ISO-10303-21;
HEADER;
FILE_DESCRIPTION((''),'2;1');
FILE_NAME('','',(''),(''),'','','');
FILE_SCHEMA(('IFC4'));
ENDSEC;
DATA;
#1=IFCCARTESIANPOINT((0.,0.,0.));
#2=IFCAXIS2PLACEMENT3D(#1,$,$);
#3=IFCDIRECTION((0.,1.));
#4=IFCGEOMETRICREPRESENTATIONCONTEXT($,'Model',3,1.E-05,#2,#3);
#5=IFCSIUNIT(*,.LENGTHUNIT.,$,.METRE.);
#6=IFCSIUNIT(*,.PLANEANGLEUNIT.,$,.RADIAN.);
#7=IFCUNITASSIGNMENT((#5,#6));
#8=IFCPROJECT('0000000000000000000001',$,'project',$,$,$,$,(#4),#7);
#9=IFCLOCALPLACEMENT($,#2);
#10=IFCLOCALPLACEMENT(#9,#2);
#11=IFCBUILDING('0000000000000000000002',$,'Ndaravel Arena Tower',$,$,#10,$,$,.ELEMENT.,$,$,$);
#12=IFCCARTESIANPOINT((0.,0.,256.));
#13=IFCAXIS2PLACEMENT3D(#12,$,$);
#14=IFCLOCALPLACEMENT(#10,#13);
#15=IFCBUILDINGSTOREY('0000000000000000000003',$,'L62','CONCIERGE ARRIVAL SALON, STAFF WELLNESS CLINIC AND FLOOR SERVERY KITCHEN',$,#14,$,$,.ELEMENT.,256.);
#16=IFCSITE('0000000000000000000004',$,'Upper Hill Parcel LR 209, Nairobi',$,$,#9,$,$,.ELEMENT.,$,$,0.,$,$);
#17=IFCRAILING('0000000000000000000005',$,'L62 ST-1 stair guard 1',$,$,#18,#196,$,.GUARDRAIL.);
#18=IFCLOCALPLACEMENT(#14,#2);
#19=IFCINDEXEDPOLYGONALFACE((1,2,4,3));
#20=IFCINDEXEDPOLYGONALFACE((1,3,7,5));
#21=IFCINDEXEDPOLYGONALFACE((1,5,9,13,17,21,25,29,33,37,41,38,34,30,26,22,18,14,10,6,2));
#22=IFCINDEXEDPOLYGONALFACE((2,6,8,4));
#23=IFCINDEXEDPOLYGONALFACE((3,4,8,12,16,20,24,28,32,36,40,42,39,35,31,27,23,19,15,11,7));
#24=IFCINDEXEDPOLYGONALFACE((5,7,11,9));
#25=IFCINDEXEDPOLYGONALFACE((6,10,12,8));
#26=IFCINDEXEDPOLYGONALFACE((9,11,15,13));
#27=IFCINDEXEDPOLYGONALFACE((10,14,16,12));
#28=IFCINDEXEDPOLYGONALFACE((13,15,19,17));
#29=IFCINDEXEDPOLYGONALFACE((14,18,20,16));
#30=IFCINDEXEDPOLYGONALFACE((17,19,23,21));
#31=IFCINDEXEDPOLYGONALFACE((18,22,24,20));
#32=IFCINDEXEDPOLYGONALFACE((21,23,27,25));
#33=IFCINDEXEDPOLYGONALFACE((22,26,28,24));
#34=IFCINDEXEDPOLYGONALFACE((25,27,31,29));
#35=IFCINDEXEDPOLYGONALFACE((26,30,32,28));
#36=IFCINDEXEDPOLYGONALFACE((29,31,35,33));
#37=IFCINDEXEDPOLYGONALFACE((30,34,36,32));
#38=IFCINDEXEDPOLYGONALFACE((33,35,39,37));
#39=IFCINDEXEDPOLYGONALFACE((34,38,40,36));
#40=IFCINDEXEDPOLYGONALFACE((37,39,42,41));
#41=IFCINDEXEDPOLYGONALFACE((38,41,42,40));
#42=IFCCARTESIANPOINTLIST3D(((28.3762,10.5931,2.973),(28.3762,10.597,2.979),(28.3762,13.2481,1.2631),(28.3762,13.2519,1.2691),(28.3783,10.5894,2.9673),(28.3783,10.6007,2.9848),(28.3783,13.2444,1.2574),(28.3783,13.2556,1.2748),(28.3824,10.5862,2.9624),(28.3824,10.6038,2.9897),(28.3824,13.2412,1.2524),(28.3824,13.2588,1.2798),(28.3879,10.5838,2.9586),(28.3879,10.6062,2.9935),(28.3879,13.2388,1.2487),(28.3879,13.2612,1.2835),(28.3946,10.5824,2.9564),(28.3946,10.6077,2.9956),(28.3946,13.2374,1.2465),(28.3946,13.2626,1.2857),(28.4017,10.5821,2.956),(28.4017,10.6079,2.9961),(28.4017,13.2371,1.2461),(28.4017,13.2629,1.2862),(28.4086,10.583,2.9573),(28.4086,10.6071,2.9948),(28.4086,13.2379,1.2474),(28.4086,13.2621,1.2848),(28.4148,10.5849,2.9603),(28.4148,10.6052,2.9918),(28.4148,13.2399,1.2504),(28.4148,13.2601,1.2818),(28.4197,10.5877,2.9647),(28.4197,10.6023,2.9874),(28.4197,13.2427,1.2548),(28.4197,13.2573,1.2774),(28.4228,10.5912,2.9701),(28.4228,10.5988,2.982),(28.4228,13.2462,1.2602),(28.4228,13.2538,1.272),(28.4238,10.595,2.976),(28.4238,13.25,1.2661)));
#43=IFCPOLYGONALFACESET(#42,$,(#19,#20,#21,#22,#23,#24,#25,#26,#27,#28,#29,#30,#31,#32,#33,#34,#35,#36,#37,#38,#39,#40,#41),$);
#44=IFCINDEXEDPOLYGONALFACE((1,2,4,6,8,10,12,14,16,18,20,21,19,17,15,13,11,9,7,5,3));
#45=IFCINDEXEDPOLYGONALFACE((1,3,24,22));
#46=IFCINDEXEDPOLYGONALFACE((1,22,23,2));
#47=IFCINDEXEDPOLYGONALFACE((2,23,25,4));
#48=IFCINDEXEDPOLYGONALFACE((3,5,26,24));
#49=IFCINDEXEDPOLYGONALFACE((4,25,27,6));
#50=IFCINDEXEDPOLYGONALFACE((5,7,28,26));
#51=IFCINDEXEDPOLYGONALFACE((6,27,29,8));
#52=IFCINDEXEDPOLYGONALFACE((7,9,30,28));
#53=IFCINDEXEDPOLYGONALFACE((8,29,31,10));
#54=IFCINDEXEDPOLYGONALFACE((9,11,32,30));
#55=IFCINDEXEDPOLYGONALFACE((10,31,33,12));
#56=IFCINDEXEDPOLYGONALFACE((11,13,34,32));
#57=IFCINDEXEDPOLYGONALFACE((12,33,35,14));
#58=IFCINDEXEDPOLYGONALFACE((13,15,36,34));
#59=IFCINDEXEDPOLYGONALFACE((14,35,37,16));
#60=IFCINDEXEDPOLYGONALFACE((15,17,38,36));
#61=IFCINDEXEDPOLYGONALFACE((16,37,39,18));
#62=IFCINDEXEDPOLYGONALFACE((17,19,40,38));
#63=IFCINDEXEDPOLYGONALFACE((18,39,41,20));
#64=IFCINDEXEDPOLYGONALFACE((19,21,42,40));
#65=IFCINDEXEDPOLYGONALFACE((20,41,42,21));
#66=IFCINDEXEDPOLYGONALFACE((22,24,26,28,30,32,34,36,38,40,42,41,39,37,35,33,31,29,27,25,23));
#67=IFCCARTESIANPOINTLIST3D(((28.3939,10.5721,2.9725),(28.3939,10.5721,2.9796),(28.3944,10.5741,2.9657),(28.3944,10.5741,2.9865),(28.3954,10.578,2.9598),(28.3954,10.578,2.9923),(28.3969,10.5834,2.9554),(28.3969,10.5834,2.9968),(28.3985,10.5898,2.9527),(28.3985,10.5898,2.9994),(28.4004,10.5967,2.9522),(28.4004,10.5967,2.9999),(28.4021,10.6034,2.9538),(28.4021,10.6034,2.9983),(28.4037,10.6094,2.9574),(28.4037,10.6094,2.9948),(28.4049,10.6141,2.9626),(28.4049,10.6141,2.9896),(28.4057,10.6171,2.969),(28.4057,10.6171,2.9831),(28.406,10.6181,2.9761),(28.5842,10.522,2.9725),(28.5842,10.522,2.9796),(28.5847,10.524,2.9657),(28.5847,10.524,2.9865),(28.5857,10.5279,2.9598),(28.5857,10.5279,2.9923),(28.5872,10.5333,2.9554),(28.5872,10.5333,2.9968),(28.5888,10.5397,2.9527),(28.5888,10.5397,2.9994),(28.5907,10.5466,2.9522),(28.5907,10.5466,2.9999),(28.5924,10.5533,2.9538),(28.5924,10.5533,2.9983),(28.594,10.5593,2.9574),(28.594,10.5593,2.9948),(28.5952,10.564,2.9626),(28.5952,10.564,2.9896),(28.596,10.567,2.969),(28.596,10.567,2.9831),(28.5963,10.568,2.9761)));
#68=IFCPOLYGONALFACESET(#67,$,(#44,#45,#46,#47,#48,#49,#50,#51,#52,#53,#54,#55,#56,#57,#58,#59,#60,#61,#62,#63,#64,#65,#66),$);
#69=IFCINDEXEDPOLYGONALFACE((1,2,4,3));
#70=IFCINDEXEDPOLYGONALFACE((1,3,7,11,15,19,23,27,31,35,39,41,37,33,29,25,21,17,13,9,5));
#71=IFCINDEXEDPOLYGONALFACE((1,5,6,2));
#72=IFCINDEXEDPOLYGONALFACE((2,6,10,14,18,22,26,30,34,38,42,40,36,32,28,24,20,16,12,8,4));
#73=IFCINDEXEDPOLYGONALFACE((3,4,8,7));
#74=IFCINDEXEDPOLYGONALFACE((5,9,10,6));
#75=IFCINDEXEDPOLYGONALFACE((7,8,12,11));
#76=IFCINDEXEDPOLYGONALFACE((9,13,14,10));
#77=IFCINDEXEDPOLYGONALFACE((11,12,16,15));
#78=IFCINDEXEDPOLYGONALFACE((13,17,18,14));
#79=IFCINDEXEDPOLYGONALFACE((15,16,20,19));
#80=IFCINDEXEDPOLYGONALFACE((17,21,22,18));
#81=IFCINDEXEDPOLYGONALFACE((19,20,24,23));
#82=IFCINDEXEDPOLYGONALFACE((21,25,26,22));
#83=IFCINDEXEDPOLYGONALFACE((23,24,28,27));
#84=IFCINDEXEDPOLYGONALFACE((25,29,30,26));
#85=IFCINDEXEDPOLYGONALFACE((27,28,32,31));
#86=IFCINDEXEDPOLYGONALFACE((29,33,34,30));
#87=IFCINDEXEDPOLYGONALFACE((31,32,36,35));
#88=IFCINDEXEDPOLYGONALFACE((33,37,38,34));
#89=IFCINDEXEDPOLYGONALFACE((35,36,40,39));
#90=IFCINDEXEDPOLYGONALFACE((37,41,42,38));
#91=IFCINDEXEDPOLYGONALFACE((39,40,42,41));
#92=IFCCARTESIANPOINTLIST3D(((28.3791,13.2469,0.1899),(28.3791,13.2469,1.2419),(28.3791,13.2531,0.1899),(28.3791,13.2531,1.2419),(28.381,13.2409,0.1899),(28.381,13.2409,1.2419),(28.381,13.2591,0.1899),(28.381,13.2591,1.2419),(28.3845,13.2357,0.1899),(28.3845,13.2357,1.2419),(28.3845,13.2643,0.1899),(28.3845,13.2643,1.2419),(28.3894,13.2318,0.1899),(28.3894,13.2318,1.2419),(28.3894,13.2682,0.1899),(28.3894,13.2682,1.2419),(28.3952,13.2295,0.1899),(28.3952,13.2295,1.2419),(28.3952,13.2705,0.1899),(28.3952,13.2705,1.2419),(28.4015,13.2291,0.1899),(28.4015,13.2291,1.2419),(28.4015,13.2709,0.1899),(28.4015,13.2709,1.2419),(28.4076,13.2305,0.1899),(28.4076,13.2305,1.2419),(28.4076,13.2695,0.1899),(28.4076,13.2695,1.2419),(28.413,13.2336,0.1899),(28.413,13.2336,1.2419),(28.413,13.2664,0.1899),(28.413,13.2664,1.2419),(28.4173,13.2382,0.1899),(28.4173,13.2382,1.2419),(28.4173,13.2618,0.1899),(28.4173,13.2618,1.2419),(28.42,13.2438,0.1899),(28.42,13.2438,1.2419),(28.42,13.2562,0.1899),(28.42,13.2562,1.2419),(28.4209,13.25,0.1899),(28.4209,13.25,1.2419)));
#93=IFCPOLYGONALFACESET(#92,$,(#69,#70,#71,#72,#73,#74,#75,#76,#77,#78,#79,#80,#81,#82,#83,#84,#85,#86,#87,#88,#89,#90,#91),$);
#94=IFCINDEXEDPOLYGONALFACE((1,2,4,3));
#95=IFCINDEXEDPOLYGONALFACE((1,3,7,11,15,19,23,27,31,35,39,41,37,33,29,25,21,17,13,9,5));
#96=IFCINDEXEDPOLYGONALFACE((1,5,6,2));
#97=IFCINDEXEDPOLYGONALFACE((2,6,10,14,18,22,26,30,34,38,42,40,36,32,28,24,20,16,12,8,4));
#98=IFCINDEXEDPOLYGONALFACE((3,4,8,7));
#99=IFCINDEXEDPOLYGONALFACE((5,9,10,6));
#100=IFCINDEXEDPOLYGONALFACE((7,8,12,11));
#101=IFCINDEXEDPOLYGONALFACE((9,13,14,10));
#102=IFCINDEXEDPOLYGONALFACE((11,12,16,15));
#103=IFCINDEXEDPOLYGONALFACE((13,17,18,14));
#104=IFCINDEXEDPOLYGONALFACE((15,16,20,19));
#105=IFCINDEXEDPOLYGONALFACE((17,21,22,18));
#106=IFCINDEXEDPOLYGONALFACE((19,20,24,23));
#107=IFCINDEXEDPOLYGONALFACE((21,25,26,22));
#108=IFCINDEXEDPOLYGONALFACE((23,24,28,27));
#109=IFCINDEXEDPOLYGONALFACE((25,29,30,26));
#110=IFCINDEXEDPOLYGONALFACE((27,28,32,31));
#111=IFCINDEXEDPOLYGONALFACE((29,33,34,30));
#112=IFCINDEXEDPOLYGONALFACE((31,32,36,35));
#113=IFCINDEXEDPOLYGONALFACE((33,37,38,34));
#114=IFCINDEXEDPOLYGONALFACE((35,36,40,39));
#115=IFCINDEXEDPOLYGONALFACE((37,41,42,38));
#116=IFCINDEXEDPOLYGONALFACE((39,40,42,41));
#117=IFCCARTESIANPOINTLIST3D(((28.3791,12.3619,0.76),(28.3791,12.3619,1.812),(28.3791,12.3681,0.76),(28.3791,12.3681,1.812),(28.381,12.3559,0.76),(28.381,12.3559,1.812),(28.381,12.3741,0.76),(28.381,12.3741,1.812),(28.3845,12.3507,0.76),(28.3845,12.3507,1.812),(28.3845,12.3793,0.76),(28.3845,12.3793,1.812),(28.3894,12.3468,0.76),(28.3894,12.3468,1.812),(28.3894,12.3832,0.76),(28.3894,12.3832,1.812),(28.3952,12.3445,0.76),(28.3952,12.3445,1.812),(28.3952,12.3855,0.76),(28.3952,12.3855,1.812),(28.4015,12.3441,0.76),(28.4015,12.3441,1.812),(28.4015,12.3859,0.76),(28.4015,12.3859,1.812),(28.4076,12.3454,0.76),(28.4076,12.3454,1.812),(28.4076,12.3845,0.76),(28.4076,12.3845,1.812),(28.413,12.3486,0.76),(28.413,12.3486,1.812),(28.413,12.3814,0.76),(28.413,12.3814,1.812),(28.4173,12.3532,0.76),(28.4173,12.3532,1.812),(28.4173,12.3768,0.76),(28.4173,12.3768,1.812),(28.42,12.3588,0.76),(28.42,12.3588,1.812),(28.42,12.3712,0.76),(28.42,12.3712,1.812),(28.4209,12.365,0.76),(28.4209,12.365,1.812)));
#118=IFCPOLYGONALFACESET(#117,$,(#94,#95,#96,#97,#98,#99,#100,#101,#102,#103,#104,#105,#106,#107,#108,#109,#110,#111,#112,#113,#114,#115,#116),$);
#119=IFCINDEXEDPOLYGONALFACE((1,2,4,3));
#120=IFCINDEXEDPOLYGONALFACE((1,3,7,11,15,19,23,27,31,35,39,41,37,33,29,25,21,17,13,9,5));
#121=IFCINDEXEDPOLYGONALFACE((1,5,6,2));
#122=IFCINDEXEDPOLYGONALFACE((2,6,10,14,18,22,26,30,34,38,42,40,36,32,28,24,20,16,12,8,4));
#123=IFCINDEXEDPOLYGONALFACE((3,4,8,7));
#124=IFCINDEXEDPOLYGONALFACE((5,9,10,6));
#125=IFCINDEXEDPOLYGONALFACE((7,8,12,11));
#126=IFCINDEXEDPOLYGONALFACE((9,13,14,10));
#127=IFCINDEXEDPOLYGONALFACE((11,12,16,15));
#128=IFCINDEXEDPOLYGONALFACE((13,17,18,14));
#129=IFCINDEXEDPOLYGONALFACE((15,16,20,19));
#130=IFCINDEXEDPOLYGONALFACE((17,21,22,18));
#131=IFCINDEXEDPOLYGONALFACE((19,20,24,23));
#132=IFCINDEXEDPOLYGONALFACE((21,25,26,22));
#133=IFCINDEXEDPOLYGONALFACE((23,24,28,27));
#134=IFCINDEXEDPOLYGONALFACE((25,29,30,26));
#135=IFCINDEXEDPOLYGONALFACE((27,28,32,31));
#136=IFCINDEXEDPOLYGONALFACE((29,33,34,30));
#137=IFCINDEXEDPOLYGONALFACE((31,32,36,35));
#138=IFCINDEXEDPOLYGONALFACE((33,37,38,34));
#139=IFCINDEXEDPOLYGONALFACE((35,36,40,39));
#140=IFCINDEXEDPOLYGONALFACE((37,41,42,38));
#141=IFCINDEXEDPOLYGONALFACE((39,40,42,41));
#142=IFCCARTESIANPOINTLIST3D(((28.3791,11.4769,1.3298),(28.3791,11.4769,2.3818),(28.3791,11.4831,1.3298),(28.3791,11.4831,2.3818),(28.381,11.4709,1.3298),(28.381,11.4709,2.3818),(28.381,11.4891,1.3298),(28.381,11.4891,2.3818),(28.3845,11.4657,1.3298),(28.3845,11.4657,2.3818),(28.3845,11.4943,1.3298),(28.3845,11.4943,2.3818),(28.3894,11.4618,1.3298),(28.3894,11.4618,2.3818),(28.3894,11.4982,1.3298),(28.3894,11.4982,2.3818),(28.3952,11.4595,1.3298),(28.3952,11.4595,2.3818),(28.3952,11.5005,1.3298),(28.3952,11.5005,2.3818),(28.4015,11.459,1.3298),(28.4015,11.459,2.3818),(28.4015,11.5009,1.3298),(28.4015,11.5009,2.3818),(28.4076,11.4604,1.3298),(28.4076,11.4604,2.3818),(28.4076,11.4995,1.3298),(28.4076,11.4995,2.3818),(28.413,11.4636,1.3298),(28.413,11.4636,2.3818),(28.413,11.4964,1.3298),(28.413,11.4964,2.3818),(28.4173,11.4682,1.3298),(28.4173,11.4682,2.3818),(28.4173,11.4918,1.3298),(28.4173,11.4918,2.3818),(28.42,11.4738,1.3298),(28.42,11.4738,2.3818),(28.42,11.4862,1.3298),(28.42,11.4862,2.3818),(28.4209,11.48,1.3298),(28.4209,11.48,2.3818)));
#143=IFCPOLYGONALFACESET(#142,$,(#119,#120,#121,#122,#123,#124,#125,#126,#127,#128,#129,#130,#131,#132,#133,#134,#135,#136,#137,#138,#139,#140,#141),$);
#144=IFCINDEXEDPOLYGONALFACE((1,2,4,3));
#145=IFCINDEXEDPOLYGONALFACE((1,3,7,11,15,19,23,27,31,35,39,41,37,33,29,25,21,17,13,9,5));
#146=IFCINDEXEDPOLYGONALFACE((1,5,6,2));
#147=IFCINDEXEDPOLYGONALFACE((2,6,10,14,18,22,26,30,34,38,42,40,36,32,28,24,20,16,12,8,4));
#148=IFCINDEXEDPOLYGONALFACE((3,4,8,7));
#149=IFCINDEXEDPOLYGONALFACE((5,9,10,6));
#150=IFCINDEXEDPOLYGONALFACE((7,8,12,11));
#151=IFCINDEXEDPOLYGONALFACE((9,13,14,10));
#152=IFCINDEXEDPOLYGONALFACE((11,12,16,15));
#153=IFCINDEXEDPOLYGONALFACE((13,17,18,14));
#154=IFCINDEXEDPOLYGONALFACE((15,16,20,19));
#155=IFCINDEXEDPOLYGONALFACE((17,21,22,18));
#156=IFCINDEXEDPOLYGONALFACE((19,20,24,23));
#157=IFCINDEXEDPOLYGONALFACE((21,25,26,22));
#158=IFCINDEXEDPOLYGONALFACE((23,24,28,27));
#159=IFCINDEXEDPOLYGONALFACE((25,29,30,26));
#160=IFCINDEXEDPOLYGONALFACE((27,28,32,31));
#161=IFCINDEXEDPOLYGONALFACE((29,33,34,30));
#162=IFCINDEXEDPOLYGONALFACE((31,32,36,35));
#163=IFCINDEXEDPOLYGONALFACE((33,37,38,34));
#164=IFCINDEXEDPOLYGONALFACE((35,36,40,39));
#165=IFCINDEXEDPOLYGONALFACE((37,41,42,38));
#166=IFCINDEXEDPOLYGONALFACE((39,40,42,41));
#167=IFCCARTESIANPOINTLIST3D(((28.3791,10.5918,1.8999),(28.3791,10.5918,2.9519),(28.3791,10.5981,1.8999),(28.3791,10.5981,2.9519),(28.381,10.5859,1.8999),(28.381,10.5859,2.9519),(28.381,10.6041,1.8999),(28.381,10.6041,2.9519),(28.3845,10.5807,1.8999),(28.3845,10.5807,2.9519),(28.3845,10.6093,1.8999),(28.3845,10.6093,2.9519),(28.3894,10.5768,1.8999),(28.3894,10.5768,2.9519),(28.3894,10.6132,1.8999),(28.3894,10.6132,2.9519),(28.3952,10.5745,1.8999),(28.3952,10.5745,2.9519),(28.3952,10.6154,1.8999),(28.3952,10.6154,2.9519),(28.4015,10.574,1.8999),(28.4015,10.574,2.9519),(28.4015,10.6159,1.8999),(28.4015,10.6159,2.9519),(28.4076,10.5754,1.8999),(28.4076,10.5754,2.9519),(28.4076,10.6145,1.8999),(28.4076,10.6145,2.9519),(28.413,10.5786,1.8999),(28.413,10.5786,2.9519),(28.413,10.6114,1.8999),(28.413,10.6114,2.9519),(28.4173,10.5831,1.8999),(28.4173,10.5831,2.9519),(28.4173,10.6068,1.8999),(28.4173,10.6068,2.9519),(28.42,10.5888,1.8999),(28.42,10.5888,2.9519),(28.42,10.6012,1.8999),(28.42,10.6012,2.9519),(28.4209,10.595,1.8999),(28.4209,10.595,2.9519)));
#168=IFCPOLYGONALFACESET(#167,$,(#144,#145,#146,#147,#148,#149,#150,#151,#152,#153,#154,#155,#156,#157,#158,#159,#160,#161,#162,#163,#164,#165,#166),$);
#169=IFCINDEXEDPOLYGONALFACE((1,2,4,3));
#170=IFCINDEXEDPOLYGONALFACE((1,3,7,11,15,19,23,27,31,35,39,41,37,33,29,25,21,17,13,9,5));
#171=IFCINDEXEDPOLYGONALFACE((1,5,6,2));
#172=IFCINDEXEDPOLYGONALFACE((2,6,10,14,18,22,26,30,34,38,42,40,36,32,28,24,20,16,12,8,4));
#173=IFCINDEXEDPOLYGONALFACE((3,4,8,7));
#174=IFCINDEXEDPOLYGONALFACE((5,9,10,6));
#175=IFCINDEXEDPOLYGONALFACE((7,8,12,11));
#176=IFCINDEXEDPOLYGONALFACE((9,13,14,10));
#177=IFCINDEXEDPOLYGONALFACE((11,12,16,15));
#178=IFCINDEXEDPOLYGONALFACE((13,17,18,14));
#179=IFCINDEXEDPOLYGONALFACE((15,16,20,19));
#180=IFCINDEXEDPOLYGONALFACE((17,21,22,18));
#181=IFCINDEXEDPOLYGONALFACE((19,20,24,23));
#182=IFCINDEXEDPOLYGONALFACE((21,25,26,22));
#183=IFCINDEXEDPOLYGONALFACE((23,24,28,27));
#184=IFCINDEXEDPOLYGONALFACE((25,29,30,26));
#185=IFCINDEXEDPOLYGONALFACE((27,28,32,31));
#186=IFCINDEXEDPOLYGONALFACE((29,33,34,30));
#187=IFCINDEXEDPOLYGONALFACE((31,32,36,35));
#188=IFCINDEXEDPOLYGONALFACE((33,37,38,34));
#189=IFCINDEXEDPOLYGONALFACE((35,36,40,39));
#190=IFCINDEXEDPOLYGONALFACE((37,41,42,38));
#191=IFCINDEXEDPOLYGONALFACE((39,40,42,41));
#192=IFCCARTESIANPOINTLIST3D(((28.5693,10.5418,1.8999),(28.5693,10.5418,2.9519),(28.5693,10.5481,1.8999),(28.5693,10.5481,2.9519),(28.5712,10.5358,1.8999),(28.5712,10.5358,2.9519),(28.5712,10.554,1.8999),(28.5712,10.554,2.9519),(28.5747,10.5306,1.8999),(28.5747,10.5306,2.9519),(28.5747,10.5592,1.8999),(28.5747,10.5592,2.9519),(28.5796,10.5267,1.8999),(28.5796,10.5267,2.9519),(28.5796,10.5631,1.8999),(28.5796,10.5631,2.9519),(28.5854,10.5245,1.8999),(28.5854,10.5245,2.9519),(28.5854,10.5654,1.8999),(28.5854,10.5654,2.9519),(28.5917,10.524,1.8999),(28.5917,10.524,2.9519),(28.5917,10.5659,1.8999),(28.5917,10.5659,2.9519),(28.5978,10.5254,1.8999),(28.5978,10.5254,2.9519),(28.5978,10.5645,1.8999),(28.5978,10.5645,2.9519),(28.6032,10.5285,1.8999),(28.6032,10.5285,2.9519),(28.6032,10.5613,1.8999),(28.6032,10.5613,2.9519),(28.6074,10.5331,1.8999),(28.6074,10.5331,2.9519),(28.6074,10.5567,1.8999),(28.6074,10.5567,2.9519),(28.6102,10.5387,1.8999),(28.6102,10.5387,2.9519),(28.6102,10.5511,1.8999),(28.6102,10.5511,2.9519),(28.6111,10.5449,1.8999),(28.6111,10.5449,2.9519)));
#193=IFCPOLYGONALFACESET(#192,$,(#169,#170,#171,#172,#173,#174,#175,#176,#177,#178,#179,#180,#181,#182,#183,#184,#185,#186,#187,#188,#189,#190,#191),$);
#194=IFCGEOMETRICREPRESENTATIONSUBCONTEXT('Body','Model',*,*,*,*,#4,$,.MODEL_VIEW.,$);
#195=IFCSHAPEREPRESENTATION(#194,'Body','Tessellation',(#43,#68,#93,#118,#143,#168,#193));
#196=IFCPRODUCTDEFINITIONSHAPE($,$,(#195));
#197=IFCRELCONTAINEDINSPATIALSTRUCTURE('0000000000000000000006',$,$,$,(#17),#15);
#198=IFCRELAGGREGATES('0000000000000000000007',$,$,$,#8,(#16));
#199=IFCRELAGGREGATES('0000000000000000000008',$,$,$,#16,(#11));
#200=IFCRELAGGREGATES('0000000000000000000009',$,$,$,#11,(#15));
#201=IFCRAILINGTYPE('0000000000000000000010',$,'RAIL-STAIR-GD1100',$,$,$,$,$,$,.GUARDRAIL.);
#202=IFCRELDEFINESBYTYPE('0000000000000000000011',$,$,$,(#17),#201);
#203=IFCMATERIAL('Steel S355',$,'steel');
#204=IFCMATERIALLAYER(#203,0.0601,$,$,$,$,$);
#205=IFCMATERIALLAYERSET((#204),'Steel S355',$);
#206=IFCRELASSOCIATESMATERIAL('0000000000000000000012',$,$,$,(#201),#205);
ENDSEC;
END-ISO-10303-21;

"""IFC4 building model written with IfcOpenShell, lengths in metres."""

from ifc_helpers import new_model, si_unit, direction, frame, origin, origin_2d, place, context, subcontext, project, spatial, circle, extrude, material, layer, layer_set, type_object, element, save


model = new_model("IFC4")

# Units and contexts
model_context = context("Model", 3, precision=1e-05, world=origin(), true_north=direction((0.0, 1.0)))
body_context = subcontext(model_context, "Body", "Model", "MODEL_VIEW")
ifc_project = project(units=[si_unit("LENGTHUNIT", "METRE"), si_unit("PLANEANGLEUNIT", "RADIAN")], contexts=[model_context])

# Site, building, storey
site_placement = place(None, origin())
site = spatial("IfcSite", under=ifc_project, at=site_placement, Name="Upper Hill Parcel LR 209, Nairobi", CompositionType="ELEMENT", RefElevation=0.0)
building_placement = place(site_placement, origin())
building = spatial("IfcBuilding", under=site, at=building_placement, Name="Ndaravel Arena Tower", CompositionType="ELEMENT")
storey_placement = place(building_placement, frame((0.0, 0.0, 256.0)))
storey = spatial("IfcBuildingStorey", under=building, at=storey_placement, Name="L62", Description="CONCIERGE ARRIVAL SALON, STAFF WELLNESS CLINIC AND FLOOR SERVERY KITCHEN", CompositionType="ELEMENT", Elevation=256.0)

# Railing
ifc_material_1 = material(Name="Steel S355", Category="steel")
ifc_layer_1 = layer(ifc_material_1, 0.0601)
ifc_layer_set_1 = layer_set([ifc_layer_1], Name="Steel S355")
railing_type_1 = type_object("IfcRailingType", Name="RAIL-STAIR-GD1100", PredefinedType="GUARDRAIL", material=ifc_layer_set_1)
railing_1_placement = place(storey_placement, frame((28.3999, 13.25, 0.1899)))
element("IfcRailing", 1, at=railing_1_placement, inside=storey, type_object=railing_type_1, Name="L62 ST-1 stair guard 1", PredefinedType="GUARDRAIL", context=body_context, shape_type="SweptSolid", body=[
    extrude(circle(Radius=0.0239, at=origin_2d()), frame((0.0, 0.0, 1.0762), z_axis=(0.0, -0.840724, 0.541465), x_axis=(1.0, 0.0, 0.0)), (0.0, 0.0, 1.0), 3.158),
    extrude(circle(Radius=0.0239, at=origin_2d()), frame((0.0, -2.655, 2.7861), z_axis=(0.967075, -0.254493, 0.0), x_axis=(0.254493, 0.967075, 0.0)), (0.0, 0.0, 1.0), 0.1968),
    extrude(circle(Radius=0.021, at=origin_2d()), origin(), (0.0, 0.0, 1.0), 1.052),
    extrude(circle(Radius=0.021, at=origin_2d()), frame((0.0, -0.885, 0.5701)), (0.0, 0.0, 1.0), 1.052),
    extrude(circle(Radius=0.021, at=origin_2d()), frame((0.0, -1.77, 1.1399)), (0.0, 0.0, 1.0), 1.052),
    extrude(circle(Radius=0.021, at=origin_2d()), frame((0.0, -2.655, 1.71)), (0.0, 0.0, 1.0), 1.052),
    extrude(circle(Radius=0.021, at=origin_2d()), frame((0.1902, -2.7051, 1.71)), (0.0, 0.0, 1.0), 1.052),
])

save(model, "model.ifc")
